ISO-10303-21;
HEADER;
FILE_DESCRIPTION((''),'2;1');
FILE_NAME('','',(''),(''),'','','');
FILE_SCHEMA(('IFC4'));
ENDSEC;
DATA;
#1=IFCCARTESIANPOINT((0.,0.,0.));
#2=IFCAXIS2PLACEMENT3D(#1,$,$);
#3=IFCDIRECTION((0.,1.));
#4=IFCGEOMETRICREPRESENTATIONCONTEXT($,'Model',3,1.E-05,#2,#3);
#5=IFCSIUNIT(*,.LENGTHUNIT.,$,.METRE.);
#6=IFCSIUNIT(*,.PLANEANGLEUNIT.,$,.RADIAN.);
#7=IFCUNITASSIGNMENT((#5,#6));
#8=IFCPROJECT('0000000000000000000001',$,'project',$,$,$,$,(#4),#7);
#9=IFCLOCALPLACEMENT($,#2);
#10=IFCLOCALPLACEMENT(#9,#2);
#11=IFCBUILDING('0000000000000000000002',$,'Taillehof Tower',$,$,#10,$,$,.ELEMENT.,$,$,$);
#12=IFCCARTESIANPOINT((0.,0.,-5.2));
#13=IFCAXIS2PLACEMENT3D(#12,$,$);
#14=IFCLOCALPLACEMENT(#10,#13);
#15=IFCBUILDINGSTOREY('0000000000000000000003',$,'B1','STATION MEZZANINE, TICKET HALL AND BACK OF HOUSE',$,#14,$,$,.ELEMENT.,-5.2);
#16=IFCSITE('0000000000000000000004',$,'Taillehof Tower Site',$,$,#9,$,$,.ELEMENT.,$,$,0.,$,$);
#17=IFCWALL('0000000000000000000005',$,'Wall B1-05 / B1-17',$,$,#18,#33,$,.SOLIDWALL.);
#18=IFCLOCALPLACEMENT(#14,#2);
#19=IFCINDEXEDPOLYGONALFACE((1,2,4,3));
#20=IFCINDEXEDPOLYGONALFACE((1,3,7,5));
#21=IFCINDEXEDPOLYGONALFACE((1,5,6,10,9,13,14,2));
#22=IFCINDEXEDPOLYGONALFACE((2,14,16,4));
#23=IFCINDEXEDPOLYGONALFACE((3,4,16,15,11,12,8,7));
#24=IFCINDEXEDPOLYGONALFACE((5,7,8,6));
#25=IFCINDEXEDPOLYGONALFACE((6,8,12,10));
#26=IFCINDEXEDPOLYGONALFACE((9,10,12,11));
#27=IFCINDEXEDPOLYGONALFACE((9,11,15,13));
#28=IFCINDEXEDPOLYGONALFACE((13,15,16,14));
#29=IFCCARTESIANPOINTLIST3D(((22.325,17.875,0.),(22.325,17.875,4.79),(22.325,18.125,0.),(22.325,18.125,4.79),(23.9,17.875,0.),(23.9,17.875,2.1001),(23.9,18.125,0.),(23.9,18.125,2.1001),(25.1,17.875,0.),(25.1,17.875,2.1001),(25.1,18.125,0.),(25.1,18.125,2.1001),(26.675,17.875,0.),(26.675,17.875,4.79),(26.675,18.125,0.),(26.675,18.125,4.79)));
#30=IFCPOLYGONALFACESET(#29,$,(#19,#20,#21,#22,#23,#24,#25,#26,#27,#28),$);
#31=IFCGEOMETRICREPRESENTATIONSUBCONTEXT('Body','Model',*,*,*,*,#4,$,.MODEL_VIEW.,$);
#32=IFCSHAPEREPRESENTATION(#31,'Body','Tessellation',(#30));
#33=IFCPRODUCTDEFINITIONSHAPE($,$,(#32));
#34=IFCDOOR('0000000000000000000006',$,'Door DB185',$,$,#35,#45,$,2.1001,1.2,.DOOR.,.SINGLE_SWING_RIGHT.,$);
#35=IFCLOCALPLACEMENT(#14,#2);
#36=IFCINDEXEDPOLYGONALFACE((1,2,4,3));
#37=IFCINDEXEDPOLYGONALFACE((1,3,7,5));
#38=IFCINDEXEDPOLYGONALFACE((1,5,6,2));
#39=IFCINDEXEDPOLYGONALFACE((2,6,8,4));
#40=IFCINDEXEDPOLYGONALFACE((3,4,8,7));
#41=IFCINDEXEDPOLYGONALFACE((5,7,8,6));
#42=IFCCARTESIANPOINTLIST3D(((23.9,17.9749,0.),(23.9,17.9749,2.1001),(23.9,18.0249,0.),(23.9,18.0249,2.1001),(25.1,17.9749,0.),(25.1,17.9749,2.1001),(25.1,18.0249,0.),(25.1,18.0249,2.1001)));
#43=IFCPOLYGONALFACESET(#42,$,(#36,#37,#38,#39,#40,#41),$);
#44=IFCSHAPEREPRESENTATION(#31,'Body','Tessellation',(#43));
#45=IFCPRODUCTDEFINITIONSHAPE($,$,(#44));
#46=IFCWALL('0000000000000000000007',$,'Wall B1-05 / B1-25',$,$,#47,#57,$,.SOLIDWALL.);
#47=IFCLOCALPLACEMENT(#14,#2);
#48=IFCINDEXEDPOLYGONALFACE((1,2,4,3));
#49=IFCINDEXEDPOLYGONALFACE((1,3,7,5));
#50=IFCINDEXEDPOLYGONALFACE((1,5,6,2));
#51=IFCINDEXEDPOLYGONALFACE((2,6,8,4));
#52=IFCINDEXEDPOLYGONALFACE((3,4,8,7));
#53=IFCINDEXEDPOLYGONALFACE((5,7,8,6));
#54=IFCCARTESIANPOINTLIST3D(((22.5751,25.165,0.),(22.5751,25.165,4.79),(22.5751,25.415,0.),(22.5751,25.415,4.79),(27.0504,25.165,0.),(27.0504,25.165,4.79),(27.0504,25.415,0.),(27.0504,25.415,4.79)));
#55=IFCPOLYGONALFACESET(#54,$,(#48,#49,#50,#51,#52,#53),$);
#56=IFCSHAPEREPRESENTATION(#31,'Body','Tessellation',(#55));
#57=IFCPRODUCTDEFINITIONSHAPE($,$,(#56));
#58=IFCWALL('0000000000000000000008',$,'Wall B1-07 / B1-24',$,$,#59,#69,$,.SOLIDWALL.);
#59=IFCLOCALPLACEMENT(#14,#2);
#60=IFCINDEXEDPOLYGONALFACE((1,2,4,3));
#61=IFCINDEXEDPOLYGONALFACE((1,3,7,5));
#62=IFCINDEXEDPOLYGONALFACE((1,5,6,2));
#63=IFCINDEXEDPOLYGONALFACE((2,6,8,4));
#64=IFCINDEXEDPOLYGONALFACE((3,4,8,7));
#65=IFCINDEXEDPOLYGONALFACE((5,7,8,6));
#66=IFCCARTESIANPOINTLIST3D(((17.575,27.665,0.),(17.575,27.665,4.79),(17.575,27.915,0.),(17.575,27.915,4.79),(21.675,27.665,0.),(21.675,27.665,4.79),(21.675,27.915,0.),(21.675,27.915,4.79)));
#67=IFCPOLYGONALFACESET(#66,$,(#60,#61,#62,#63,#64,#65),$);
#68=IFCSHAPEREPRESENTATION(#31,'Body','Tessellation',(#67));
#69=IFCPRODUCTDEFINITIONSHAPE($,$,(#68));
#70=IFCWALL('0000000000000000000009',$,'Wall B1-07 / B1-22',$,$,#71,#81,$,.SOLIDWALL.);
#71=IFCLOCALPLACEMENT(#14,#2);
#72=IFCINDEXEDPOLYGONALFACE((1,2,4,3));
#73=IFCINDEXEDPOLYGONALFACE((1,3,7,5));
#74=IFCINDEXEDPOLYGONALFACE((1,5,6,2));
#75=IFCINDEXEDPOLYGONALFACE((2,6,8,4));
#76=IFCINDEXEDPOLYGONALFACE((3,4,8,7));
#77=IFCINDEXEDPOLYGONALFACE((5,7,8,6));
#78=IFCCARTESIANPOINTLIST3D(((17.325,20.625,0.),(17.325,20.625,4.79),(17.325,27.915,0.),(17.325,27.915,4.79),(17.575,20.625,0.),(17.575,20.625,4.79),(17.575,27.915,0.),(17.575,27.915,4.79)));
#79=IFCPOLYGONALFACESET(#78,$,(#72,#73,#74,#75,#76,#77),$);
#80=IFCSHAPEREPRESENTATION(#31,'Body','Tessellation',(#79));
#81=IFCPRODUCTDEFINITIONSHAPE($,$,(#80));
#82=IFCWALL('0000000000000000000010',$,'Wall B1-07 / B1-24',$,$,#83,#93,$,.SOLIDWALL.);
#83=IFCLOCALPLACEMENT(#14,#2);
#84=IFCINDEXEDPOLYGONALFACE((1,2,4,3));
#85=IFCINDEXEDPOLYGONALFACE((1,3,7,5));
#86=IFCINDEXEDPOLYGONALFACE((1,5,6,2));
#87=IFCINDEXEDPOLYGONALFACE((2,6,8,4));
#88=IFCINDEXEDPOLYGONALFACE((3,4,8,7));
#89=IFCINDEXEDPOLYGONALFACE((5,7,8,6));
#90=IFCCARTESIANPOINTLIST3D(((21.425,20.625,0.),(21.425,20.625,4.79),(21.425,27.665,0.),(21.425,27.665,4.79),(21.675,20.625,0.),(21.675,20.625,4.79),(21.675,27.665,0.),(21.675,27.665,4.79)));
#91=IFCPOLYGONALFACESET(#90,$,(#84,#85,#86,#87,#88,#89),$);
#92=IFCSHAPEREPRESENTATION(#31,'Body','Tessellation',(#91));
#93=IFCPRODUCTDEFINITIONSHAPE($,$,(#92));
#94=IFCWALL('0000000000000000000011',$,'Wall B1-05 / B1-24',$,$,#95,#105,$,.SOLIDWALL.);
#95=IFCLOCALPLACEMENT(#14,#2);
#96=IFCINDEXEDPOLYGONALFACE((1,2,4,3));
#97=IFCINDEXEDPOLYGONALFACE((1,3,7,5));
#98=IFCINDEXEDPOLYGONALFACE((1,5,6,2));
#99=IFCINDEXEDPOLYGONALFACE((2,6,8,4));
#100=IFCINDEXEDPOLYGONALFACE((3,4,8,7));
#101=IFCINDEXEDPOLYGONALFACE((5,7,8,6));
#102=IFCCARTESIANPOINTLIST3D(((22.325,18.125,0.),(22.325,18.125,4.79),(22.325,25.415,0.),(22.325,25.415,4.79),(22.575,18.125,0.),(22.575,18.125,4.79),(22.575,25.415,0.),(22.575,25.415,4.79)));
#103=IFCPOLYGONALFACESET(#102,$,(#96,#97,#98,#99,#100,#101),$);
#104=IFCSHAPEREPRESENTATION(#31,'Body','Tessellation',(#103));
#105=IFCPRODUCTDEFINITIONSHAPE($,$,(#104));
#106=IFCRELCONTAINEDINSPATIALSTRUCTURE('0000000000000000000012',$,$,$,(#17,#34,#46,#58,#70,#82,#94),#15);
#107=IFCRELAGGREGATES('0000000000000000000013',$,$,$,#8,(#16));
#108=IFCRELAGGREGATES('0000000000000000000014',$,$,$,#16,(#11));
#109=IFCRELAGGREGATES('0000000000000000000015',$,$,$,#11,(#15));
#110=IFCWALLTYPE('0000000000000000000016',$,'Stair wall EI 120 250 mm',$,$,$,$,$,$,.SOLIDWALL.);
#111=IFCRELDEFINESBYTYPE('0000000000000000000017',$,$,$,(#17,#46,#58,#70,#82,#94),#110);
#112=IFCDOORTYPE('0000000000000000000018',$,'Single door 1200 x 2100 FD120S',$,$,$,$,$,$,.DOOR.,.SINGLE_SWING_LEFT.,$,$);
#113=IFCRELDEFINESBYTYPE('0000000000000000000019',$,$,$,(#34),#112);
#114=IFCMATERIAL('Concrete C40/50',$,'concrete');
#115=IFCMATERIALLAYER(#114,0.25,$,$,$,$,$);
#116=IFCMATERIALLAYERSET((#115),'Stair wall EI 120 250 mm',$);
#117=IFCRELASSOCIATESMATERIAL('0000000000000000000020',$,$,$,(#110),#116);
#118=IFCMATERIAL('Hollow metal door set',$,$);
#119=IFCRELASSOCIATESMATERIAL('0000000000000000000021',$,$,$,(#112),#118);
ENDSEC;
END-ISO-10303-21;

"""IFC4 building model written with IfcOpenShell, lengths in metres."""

from ifc_helpers import new_model, si_unit, direction, frame, frame_2d, origin, place, context, subcontext, project, spatial, rectangle, extrude, material, layer, layer_set, type_object, element, fill, save


model = new_model("IFC4")

# Units and contexts
model_context = context("Model", 3, precision=1e-05, world=origin(), true_north=direction((0.0, 1.0)))
body_context = subcontext(model_context, "Body", "Model", "MODEL_VIEW")
ifc_project = project(units=[si_unit("LENGTHUNIT", "METRE"), si_unit("PLANEANGLEUNIT", "RADIAN")], contexts=[model_context])

# Site, building, storey
site_placement = place(None, origin())
site = spatial("IfcSite", under=ifc_project, at=site_placement, Name="Taillehof Tower Site", CompositionType="ELEMENT", RefElevation=0.0)
building_placement = place(site_placement, origin())
building = spatial("IfcBuilding", under=site, at=building_placement, Name="Taillehof Tower", CompositionType="ELEMENT")
storey_placement = place(building_placement, frame((0.0, 0.0, -5.2)))
storey = spatial("IfcBuildingStorey", under=building, at=storey_placement, Name="B1", Description="STATION MEZZANINE, TICKET HALL AND BACK OF HOUSE", CompositionType="ELEMENT", Elevation=-5.2)

# Wall, opening, door
ifc_material_1 = material(Name="Concrete C40/50", Category="concrete")
ifc_layer_1 = layer(ifc_material_1, 0.25)
ifc_layer_set_1 = layer_set([ifc_layer_1], Name="Stair wall EI 120 250 mm")
wall_type_1 = type_object("IfcWallType", Name="Stair wall EI 120 250 mm", PredefinedType="SOLIDWALL", material=ifc_layer_set_1)
wall_1_placement = place(storey_placement, frame((22.325, 18.0, 0.0), z_axis=(0.0, 0.0, 1.0), x_axis=(1.0, 0.0, 0.0)))
wall_1 = element("IfcWall", 1, at=wall_1_placement, inside=storey, type_object=wall_type_1, Name="Wall B1-05 / B1-17", PredefinedType="SOLIDWALL", context=body_context, shape_type="SweptSolid", body=[
    extrude(rectangle(XDim=4.3501, YDim=0.25, at=frame_2d((2.175, 0.0))), origin(), (0.0, 0.0, 1.0), 4.79),
])
opening_1_placement = place(wall_1_placement, frame((1.575, 0.0, 0.0)))
opening_1 = element("IfcOpeningElement", 2, at=opening_1_placement, cuts=wall_1, PredefinedType="OPENING", context=body_context, shape_type="SweptSolid", body=[
    extrude(rectangle(XDim=1.2, YDim=2.1001, at=frame_2d((0.6001, 1.05))), frame((0.0, 0.135, 0.0), z_axis=(0.0, -1.0, 0.0), x_axis=(1.0, 0.0, 0.0)), (0.0, 0.0, 1.0), 0.27),
])
ifc_material_2 = material(Name="Hollow metal door set")
door_type_1 = type_object("IfcDoorType", Name="Single door 1200 x 2100 FD120S", OperationType="SINGLE_SWING_LEFT", PredefinedType="DOOR", material=ifc_material_2)
door_1_placement = place(opening_1_placement, origin())
door_1 = element("IfcDoor", 3, at=door_1_placement, inside=storey, type_object=door_type_1, Name="Door DB185", OperationType="SINGLE_SWING_RIGHT", OverallHeight=2.1001, OverallWidth=1.2, PredefinedType="DOOR", context=body_context, shape_type="SweptSolid", body=[
    extrude(rectangle(XDim=1.2, YDim=2.1001, at=frame_2d((0.6001, 1.05))), frame((0.0, 0.0249, 0.0), z_axis=(0.0, -1.0, 0.0), x_axis=(1.0, 0.0, 0.0)), (0.0, 0.0, 1.0), 0.05),
])
fill(opening_1, door_1)

# Walls
wall_2_placement = place(storey_placement, frame((22.575, 25.29, 0.0), z_axis=(0.0, 0.0, 1.0), x_axis=(1.0, 0.0, 0.0)))
element("IfcWall", 4, at=wall_2_placement, inside=storey, type_object=wall_type_1, Name="Wall B1-05 / B1-25", PredefinedType="SOLIDWALL", context=body_context, shape_type="SweptSolid", body=[
    extrude(rectangle(XDim=4.4753, YDim=0.25, at=frame_2d((2.2378, 0.0))), origin(), (0.0, 0.0, 1.0), 4.79),
])
wall_3_placement = place(storey_placement, frame((17.575, 27.79, 0.0), z_axis=(0.0, 0.0, 1.0), x_axis=(1.0, 0.0, 0.0)))
element("IfcWall", 5, at=wall_3_placement, inside=storey, type_object=wall_type_1, Name="Wall B1-07 / B1-24", PredefinedType="SOLIDWALL", context=body_context, shape_type="SweptSolid", body=[
    extrude(rectangle(XDim=4.1001, YDim=0.25, at=frame_2d((2.05, 0.0))), origin(), (0.0, 0.0, 1.0), 4.79),
])
wall_4_placement = place(storey_placement, frame((17.45, 20.625, 0.0), z_axis=(0.0, 0.0, 1.0), x_axis=(0.0, 1.0, 0.0)))
element("IfcWall", 6, at=wall_4_placement, inside=storey, type_object=wall_type_1, Name="Wall B1-07 / B1-22", PredefinedType="SOLIDWALL", context=body_context, shape_type="SweptSolid", body=[
    extrude(rectangle(XDim=7.29, YDim=0.25, at=frame_2d((3.645, 0.0))), origin(), (0.0, 0.0, 1.0), 4.79),
])
wall_5_placement = place(storey_placement, frame((21.55, 20.625, 0.0), z_axis=(0.0, 0.0, 1.0), x_axis=(0.0, 1.0, 0.0)))
element("IfcWall", 7, at=wall_5_placement, inside=storey, type_object=wall_type_1, Name="Wall B1-07 / B1-24", PredefinedType="SOLIDWALL", context=body_context, shape_type="SweptSolid", body=[
    extrude(rectangle(XDim=7.04, YDim=0.25, at=frame_2d((3.52, 0.0))), origin(), (0.0, 0.0, 1.0), 4.79),
])
wall_6_placement = place(storey_placement, frame((22.45, 18.125, 0.0), z_axis=(0.0, 0.0, 1.0), x_axis=(0.0, 1.0, 0.0)))
element("IfcWall", 8, at=wall_6_placement, inside=storey, type_object=wall_type_1, Name="Wall B1-05 / B1-24", PredefinedType="SOLIDWALL", context=body_context, shape_type="SweptSolid", body=[
    extrude(rectangle(XDim=7.29, YDim=0.25, at=frame_2d((3.645, 0.0))), origin(), (0.0, 0.0, 1.0), 4.79),
])

save(model, "model.ifc")
